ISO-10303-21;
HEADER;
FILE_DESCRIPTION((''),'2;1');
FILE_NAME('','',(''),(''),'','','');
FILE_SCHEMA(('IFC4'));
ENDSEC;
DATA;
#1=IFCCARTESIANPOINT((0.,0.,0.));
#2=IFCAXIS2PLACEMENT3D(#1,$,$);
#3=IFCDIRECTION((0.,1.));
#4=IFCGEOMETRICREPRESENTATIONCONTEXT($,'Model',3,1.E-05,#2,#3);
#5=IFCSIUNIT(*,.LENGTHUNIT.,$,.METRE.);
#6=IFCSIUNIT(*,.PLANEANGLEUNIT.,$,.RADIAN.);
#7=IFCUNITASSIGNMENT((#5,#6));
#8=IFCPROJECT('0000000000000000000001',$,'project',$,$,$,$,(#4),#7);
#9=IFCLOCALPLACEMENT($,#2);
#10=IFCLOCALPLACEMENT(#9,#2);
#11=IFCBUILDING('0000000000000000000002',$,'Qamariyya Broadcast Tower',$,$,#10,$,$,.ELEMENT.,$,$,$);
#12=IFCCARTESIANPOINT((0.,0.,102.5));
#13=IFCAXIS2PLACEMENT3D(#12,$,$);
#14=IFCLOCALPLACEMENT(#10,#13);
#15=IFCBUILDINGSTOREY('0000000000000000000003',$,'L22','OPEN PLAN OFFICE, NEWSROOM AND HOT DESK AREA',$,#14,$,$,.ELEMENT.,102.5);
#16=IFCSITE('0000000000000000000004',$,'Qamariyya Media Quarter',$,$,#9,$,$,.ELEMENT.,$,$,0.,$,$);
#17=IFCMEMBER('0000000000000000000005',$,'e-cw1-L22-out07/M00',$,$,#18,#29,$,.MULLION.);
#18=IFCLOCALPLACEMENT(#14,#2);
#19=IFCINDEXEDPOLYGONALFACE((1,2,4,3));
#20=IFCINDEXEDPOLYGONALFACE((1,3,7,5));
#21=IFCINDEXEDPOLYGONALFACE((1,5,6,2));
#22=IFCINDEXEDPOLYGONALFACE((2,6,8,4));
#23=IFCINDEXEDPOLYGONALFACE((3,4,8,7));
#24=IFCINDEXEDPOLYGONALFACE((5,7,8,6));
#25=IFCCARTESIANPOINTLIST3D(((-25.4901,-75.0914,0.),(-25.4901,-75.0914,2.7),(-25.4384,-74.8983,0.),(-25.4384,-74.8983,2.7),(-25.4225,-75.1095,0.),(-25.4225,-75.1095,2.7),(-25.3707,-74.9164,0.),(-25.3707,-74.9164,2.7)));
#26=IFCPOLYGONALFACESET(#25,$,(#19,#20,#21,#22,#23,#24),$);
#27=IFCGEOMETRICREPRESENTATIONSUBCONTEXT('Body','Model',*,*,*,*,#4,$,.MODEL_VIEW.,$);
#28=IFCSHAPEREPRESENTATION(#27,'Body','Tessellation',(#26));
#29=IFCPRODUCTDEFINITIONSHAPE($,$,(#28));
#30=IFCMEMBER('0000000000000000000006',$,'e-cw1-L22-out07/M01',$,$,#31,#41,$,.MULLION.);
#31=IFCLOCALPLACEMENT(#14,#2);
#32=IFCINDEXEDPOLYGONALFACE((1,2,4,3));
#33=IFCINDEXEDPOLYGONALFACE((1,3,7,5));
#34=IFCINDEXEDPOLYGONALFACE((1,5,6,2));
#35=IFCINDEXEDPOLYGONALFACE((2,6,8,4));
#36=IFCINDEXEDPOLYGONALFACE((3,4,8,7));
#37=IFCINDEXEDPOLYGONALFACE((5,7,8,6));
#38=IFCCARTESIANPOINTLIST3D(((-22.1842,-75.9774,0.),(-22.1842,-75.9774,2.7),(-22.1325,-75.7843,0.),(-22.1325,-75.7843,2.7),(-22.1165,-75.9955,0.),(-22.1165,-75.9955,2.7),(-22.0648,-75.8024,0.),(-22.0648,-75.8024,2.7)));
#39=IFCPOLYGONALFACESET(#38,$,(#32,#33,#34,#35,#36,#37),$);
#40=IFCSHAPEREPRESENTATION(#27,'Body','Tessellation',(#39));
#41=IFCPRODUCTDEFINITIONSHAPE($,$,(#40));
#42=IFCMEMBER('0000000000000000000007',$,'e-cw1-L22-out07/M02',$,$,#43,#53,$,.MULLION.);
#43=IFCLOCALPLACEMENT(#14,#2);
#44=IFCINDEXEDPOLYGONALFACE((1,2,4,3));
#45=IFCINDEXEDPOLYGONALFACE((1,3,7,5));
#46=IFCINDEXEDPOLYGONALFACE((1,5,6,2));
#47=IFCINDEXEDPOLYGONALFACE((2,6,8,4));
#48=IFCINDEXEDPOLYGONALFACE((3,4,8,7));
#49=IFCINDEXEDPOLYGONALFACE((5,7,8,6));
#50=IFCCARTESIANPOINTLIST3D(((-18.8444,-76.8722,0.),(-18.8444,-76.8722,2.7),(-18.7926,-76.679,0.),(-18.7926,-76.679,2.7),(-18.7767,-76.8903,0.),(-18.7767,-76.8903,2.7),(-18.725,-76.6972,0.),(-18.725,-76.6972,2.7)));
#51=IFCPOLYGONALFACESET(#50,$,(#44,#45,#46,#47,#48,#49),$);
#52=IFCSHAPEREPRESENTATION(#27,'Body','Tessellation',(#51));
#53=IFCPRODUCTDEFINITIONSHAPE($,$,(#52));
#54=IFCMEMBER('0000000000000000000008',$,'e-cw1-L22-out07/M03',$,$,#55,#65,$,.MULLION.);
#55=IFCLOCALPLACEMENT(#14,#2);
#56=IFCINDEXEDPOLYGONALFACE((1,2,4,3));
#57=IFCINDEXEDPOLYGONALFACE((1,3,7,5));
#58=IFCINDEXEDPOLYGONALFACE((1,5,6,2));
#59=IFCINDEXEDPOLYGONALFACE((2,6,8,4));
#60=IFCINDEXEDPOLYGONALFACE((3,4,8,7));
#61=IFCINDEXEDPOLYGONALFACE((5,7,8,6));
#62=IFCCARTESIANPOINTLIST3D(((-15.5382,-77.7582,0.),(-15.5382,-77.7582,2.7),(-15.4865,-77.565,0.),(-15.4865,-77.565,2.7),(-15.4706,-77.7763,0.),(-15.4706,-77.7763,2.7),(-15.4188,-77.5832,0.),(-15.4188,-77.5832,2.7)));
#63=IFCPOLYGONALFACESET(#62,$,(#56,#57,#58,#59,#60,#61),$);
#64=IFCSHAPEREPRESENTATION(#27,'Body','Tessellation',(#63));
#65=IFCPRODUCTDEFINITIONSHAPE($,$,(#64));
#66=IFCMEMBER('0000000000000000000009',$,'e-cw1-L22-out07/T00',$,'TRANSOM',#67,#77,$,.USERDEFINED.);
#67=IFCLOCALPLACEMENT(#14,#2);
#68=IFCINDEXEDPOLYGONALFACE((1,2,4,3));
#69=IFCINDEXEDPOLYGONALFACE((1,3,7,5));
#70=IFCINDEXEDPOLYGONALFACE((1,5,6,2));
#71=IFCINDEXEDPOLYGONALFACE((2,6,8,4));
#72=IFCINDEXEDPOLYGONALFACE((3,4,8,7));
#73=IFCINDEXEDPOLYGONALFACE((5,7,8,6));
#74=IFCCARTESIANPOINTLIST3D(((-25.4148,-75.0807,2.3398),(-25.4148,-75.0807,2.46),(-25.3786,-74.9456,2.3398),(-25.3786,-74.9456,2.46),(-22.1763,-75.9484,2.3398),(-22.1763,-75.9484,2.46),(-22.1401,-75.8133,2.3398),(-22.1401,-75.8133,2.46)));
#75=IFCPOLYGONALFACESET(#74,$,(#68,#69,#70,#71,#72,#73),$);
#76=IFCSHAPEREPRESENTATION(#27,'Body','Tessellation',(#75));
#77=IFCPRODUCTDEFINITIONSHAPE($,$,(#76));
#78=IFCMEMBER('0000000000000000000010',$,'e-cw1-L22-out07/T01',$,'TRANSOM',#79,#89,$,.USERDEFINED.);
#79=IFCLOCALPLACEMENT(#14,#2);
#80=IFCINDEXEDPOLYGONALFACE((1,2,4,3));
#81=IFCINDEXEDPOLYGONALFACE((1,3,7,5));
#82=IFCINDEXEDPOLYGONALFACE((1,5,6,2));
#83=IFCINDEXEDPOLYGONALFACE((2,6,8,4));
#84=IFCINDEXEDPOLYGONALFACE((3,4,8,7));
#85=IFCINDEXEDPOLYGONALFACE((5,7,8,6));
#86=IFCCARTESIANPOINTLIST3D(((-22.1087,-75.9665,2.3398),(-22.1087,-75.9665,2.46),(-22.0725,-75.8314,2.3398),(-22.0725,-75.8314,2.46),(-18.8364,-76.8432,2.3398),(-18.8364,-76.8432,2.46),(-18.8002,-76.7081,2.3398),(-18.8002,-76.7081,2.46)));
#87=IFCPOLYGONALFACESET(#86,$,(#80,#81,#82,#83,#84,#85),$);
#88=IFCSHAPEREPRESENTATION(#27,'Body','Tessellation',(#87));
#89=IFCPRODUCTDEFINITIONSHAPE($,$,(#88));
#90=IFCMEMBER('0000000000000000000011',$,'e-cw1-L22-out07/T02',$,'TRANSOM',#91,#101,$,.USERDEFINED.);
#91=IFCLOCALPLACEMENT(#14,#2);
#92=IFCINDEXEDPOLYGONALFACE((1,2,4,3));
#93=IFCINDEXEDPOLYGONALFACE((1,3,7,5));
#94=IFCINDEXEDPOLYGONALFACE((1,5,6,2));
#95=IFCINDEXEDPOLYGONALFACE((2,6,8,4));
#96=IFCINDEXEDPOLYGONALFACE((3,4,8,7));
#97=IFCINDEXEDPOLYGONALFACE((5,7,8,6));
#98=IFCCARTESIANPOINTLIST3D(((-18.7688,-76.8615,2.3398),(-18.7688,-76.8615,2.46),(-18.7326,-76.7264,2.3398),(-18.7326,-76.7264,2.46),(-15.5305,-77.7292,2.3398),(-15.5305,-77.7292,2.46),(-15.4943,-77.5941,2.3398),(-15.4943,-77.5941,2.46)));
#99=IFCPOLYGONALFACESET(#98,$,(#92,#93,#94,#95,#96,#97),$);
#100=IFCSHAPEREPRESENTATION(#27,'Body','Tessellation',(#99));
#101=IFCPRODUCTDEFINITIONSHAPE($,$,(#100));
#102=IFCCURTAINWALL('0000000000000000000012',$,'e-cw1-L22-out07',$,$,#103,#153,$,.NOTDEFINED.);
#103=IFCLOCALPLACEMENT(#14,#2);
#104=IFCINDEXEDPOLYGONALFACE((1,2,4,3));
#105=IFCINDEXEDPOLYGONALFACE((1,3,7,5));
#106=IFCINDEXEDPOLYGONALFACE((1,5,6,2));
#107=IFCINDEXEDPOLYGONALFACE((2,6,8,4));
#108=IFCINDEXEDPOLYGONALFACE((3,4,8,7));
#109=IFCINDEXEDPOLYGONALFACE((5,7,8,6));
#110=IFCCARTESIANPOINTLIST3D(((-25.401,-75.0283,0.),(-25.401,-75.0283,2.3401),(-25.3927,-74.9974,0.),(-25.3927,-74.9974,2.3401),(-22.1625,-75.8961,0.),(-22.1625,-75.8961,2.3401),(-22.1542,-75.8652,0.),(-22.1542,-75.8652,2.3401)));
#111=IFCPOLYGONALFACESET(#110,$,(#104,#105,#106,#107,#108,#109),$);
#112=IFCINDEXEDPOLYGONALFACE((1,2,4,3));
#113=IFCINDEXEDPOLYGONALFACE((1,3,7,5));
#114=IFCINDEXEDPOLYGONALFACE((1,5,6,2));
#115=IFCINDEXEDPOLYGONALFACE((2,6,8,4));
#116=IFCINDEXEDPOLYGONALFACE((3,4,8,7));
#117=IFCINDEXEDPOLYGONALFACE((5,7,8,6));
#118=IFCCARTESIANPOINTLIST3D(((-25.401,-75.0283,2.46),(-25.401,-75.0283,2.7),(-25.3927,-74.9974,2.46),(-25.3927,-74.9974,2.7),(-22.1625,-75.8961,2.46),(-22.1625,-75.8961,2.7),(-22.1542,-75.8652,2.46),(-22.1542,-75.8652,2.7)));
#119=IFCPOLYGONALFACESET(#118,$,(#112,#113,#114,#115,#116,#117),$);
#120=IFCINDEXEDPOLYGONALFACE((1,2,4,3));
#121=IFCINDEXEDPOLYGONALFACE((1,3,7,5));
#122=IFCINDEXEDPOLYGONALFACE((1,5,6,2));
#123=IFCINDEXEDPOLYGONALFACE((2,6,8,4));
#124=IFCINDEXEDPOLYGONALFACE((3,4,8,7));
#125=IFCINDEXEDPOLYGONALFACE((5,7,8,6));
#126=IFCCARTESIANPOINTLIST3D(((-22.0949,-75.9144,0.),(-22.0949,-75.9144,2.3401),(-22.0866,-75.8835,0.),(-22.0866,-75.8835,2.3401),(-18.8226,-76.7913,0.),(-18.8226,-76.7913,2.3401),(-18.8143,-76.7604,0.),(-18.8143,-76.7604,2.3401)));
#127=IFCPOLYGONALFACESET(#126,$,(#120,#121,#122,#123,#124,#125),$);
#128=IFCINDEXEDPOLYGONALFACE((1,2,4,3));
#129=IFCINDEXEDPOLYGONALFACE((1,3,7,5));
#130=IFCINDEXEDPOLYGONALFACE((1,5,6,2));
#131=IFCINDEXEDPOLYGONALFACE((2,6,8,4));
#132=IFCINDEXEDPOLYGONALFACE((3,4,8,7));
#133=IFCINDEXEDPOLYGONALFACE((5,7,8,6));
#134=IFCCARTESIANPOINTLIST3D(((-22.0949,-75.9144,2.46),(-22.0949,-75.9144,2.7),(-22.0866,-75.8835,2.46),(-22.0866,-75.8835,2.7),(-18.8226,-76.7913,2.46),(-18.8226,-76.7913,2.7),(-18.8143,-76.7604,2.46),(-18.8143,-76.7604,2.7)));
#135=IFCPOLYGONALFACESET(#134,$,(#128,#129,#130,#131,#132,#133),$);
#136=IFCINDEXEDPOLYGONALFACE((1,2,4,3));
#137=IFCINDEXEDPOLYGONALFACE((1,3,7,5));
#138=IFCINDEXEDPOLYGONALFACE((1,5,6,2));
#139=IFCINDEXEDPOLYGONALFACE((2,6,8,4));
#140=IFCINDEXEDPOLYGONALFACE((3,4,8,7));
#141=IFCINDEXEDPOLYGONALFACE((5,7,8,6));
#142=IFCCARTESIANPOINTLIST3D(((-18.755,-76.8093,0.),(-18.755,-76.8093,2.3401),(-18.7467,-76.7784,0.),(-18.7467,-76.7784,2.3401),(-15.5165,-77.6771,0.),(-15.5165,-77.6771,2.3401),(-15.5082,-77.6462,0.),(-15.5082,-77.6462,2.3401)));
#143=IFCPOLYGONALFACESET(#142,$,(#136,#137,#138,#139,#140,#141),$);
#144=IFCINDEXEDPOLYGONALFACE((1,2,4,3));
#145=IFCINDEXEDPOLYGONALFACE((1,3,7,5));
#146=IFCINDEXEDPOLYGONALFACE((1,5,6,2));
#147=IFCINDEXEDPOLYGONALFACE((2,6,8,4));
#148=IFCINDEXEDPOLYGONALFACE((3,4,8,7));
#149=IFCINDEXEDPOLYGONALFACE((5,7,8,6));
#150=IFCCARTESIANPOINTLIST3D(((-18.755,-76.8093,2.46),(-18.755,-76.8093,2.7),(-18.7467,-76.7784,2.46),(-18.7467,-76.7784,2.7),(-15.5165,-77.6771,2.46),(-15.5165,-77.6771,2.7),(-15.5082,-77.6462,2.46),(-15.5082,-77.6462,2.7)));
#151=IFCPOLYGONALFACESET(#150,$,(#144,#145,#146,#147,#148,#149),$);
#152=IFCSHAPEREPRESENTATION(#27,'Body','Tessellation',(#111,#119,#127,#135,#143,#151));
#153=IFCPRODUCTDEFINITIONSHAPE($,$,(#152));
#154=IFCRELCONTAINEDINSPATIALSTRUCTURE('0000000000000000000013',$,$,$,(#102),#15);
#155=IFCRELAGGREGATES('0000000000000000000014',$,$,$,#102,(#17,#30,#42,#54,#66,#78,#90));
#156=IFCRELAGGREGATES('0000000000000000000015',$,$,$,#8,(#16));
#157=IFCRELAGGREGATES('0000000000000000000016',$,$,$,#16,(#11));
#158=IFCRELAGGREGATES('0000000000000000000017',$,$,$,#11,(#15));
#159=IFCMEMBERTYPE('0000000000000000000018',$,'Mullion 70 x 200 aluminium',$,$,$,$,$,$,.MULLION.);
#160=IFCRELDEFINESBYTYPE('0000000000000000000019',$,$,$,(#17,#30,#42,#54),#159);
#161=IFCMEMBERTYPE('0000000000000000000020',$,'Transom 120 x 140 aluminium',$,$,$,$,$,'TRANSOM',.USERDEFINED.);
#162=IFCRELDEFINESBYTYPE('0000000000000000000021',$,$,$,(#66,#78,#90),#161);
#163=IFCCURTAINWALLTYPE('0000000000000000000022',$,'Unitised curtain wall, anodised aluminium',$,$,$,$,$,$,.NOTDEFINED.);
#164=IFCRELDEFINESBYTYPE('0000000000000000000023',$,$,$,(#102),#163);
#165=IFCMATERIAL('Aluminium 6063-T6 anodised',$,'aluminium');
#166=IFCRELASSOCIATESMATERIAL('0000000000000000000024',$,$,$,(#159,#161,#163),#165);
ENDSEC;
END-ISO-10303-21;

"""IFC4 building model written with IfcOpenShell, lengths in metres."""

from ifc_helpers import new_model, si_unit, direction, frame, origin, origin_2d, place, context, subcontext, project, spatial, rectangle, extrude, material, material_profile, profile_set, type_object, element, aggregate, save


model = new_model("IFC4")

# Units and contexts
model_context = context("Model", 3, precision=1e-05, world=origin(), true_north=direction((0.0, 1.0)))
body_context = subcontext(model_context, "Body", "Model", "MODEL_VIEW")
ifc_project = project(units=[si_unit("LENGTHUNIT", "METRE"), si_unit("PLANEANGLEUNIT", "RADIAN")], contexts=[model_context])

# Members
ifc_material = material(Name="Aluminium 6063-T6 anodised", Category="aluminium")
ifc_material_profile_1 = material_profile(ifc_material, rectangle(XDim=0.2, YDim=0.0701, at=origin_2d()))
ifc_profile_set_1 = profile_set([ifc_material_profile_1], Name="Aluminium 6063-T6 anodised")
member_type_1 = type_object("IfcMemberType", Name="Mullion 70 x 200 aluminium", PredefinedType="MULLION", material=ifc_profile_set_1)
site_placement = place(None, origin())
building_placement = place(site_placement, origin())
storey_placement = place(building_placement, frame((0.0, 0.0, 102.5)))
member_1_placement = place(storey_placement, frame((-25.4304, -75.0039, 0.0), z_axis=(0.0, 0.0, 1.0), x_axis=(0.258819, 0.965926, 0.0)))
member_1 = element("IfcMember", 1, at=member_1_placement, type_object=member_type_1, Name="e-cw1-L22-out07/M00", PredefinedType="MULLION", context=body_context, shape_type="SweptSolid", body=[
    extrude(rectangle(XDim=0.2, YDim=0.0701, at=origin_2d()), origin(), (0.0, 0.0, 1.0), 2.7),
])
member_2_placement = place(storey_placement, frame((-22.1245, -75.8899, 0.0), z_axis=(0.0, 0.0, 1.0), x_axis=(0.258819, 0.965926, 0.0)))
member_2 = element("IfcMember", 2, at=member_2_placement, type_object=member_type_1, Name="e-cw1-L22-out07/M01", PredefinedType="MULLION", context=body_context, shape_type="SweptSolid", body=[
    extrude(rectangle(XDim=0.2, YDim=0.0701, at=origin_2d()), origin(), (0.0, 0.0, 1.0), 2.7),
])
member_3_placement = place(storey_placement, frame((-18.7847, -76.7847, 0.0), z_axis=(0.0, 0.0, 1.0), x_axis=(0.258819, 0.965926, 0.0)))
member_3 = element("IfcMember", 3, at=member_3_placement, type_object=member_type_1, Name="e-cw1-L22-out07/M02", PredefinedType="MULLION", context=body_context, shape_type="SweptSolid", body=[
    extrude(rectangle(XDim=0.2, YDim=0.0701, at=origin_2d()), origin(), (0.0, 0.0, 1.0), 2.7),
])
member_4_placement = place(storey_placement, frame((-15.4785, -77.6707, 0.0), z_axis=(0.0, 0.0, 1.0), x_axis=(0.258819, 0.965926, 0.0)))
member_4 = element("IfcMember", 4, at=member_4_placement, type_object=member_type_1, Name="e-cw1-L22-out07/M03", PredefinedType="MULLION", context=body_context, shape_type="SweptSolid", body=[
    extrude(rectangle(XDim=0.2, YDim=0.0701, at=origin_2d()), origin(), (0.0, 0.0, 1.0), 2.7),
])
ifc_material_profile_2 = material_profile(ifc_material, rectangle(XDim=0.1399, YDim=0.1201, at=origin_2d()))
ifc_profile_set_2 = profile_set([ifc_material_profile_2], Name="Aluminium 6063-T6 anodised")
member_type_2 = type_object("IfcMemberType", Name="Transom 120 x 140 aluminium", ElementType="TRANSOM", PredefinedType="USERDEFINED", material=ifc_profile_set_2)
member_5_placement = place(storey_placement, frame((-25.3967, -75.0132, 2.3999), z_axis=(0.965932, -0.258796, 0.0), x_axis=(0.258796, 0.965932, 0.0)))
member_5 = element("IfcMember", 5, at=member_5_placement, type_object=member_type_2, Name="e-cw1-L22-out07/T00", ObjectType="TRANSOM", PredefinedType="USERDEFINED", context=body_context, shape_type="SweptSolid", body=[
    extrude(rectangle(XDim=0.1399, YDim=0.1201, at=origin_2d()), origin(), (0.0, 0.0, 1.0), 3.3528),
])
member_6_placement = place(storey_placement, frame((-22.0906, -75.8989, 2.3999), z_axis=(0.965932, -0.258797, 0.0), x_axis=(0.258797, 0.965932, 0.0)))
member_6 = element("IfcMember", 6, at=member_6_placement, type_object=member_type_2, Name="e-cw1-L22-out07/T01", ObjectType="TRANSOM", PredefinedType="USERDEFINED", context=body_context, shape_type="SweptSolid", body=[
    extrude(rectangle(XDim=0.1399, YDim=0.1201, at=origin_2d()), origin(), (0.0, 0.0, 1.0), 3.3877),
])
member_7_placement = place(storey_placement, frame((-18.7507, -76.7939, 2.3999), z_axis=(0.965927, -0.258814, 0.0), x_axis=(0.258814, 0.965927, 0.0)))
member_7 = element("IfcMember", 7, at=member_7_placement, type_object=member_type_2, Name="e-cw1-L22-out07/T02", ObjectType="TRANSOM", PredefinedType="USERDEFINED", context=body_context, shape_type="SweptSolid", body=[
    extrude(rectangle(XDim=0.1399, YDim=0.1201, at=origin_2d()), origin(), (0.0, 0.0, 1.0), 3.3525),
])

# Site, building, storey
site = spatial("IfcSite", under=ifc_project, at=site_placement, Name="Qamariyya Media Quarter", CompositionType="ELEMENT", RefElevation=0.0)
building = spatial("IfcBuilding", under=site, at=building_placement, Name="Qamariyya Broadcast Tower", CompositionType="ELEMENT")
storey = spatial("IfcBuildingStorey", under=building, at=storey_placement, Name="L22", Description="OPEN PLAN OFFICE, NEWSROOM AND HOT DESK AREA", CompositionType="ELEMENT", Elevation=102.5)

# Curtain wall
curtain_wall_type = type_object("IfcCurtainWallType", Name="Unitised curtain wall, anodised aluminium", PredefinedType="NOTDEFINED", material=ifc_material)
curtain_wall_1_placement = place(storey_placement, origin())
curtain_wall_1 = element("IfcCurtainWall", 8, at=curtain_wall_1_placement, inside=storey, type_object=curtain_wall_type, Name="e-cw1-L22-out07", PredefinedType="NOTDEFINED", context=body_context, shape_type="SweptSolid", body=[
    extrude(rectangle(XDim=3.3528, YDim=0.032, at=origin_2d()), frame((-23.7776, -75.4468, 0.0), x_axis=(0.965924, -0.258827, 0.0)), (0.0, 0.0, 1.0), 2.3401),
    extrude(rectangle(XDim=3.3528, YDim=0.032, at=origin_2d()), frame((-23.7776, -75.4468, 2.46), x_axis=(0.965924, -0.258827, 0.0)), (0.0, 0.0, 1.0), 0.24),
    extrude(rectangle(XDim=3.3877, YDim=0.032, at=origin_2d()), frame((-20.4546, -76.3374, 0.0), x_axis=(0.965924, -0.258827, 0.0)), (0.0, 0.0, 1.0), 2.3401),
    extrude(rectangle(XDim=3.3877, YDim=0.032, at=origin_2d()), frame((-20.4546, -76.3374, 2.46), x_axis=(0.965924, -0.258827, 0.0)), (0.0, 0.0, 1.0), 0.24),
    extrude(rectangle(XDim=3.3528, YDim=0.032, at=origin_2d()), frame((-17.1316, -77.2278, 0.0), x_axis=(0.965924, -0.258827, 0.0)), (0.0, 0.0, 1.0), 2.3401),
    extrude(rectangle(XDim=3.3528, YDim=0.032, at=origin_2d()), frame((-17.1316, -77.2278, 2.46), x_axis=(0.965924, -0.258827, 0.0)), (0.0, 0.0, 1.0), 0.24),
])
aggregate(curtain_wall_1, [member_1, member_2, member_3, member_4, member_5, member_6, member_7])

save(model, "model.ifc")
